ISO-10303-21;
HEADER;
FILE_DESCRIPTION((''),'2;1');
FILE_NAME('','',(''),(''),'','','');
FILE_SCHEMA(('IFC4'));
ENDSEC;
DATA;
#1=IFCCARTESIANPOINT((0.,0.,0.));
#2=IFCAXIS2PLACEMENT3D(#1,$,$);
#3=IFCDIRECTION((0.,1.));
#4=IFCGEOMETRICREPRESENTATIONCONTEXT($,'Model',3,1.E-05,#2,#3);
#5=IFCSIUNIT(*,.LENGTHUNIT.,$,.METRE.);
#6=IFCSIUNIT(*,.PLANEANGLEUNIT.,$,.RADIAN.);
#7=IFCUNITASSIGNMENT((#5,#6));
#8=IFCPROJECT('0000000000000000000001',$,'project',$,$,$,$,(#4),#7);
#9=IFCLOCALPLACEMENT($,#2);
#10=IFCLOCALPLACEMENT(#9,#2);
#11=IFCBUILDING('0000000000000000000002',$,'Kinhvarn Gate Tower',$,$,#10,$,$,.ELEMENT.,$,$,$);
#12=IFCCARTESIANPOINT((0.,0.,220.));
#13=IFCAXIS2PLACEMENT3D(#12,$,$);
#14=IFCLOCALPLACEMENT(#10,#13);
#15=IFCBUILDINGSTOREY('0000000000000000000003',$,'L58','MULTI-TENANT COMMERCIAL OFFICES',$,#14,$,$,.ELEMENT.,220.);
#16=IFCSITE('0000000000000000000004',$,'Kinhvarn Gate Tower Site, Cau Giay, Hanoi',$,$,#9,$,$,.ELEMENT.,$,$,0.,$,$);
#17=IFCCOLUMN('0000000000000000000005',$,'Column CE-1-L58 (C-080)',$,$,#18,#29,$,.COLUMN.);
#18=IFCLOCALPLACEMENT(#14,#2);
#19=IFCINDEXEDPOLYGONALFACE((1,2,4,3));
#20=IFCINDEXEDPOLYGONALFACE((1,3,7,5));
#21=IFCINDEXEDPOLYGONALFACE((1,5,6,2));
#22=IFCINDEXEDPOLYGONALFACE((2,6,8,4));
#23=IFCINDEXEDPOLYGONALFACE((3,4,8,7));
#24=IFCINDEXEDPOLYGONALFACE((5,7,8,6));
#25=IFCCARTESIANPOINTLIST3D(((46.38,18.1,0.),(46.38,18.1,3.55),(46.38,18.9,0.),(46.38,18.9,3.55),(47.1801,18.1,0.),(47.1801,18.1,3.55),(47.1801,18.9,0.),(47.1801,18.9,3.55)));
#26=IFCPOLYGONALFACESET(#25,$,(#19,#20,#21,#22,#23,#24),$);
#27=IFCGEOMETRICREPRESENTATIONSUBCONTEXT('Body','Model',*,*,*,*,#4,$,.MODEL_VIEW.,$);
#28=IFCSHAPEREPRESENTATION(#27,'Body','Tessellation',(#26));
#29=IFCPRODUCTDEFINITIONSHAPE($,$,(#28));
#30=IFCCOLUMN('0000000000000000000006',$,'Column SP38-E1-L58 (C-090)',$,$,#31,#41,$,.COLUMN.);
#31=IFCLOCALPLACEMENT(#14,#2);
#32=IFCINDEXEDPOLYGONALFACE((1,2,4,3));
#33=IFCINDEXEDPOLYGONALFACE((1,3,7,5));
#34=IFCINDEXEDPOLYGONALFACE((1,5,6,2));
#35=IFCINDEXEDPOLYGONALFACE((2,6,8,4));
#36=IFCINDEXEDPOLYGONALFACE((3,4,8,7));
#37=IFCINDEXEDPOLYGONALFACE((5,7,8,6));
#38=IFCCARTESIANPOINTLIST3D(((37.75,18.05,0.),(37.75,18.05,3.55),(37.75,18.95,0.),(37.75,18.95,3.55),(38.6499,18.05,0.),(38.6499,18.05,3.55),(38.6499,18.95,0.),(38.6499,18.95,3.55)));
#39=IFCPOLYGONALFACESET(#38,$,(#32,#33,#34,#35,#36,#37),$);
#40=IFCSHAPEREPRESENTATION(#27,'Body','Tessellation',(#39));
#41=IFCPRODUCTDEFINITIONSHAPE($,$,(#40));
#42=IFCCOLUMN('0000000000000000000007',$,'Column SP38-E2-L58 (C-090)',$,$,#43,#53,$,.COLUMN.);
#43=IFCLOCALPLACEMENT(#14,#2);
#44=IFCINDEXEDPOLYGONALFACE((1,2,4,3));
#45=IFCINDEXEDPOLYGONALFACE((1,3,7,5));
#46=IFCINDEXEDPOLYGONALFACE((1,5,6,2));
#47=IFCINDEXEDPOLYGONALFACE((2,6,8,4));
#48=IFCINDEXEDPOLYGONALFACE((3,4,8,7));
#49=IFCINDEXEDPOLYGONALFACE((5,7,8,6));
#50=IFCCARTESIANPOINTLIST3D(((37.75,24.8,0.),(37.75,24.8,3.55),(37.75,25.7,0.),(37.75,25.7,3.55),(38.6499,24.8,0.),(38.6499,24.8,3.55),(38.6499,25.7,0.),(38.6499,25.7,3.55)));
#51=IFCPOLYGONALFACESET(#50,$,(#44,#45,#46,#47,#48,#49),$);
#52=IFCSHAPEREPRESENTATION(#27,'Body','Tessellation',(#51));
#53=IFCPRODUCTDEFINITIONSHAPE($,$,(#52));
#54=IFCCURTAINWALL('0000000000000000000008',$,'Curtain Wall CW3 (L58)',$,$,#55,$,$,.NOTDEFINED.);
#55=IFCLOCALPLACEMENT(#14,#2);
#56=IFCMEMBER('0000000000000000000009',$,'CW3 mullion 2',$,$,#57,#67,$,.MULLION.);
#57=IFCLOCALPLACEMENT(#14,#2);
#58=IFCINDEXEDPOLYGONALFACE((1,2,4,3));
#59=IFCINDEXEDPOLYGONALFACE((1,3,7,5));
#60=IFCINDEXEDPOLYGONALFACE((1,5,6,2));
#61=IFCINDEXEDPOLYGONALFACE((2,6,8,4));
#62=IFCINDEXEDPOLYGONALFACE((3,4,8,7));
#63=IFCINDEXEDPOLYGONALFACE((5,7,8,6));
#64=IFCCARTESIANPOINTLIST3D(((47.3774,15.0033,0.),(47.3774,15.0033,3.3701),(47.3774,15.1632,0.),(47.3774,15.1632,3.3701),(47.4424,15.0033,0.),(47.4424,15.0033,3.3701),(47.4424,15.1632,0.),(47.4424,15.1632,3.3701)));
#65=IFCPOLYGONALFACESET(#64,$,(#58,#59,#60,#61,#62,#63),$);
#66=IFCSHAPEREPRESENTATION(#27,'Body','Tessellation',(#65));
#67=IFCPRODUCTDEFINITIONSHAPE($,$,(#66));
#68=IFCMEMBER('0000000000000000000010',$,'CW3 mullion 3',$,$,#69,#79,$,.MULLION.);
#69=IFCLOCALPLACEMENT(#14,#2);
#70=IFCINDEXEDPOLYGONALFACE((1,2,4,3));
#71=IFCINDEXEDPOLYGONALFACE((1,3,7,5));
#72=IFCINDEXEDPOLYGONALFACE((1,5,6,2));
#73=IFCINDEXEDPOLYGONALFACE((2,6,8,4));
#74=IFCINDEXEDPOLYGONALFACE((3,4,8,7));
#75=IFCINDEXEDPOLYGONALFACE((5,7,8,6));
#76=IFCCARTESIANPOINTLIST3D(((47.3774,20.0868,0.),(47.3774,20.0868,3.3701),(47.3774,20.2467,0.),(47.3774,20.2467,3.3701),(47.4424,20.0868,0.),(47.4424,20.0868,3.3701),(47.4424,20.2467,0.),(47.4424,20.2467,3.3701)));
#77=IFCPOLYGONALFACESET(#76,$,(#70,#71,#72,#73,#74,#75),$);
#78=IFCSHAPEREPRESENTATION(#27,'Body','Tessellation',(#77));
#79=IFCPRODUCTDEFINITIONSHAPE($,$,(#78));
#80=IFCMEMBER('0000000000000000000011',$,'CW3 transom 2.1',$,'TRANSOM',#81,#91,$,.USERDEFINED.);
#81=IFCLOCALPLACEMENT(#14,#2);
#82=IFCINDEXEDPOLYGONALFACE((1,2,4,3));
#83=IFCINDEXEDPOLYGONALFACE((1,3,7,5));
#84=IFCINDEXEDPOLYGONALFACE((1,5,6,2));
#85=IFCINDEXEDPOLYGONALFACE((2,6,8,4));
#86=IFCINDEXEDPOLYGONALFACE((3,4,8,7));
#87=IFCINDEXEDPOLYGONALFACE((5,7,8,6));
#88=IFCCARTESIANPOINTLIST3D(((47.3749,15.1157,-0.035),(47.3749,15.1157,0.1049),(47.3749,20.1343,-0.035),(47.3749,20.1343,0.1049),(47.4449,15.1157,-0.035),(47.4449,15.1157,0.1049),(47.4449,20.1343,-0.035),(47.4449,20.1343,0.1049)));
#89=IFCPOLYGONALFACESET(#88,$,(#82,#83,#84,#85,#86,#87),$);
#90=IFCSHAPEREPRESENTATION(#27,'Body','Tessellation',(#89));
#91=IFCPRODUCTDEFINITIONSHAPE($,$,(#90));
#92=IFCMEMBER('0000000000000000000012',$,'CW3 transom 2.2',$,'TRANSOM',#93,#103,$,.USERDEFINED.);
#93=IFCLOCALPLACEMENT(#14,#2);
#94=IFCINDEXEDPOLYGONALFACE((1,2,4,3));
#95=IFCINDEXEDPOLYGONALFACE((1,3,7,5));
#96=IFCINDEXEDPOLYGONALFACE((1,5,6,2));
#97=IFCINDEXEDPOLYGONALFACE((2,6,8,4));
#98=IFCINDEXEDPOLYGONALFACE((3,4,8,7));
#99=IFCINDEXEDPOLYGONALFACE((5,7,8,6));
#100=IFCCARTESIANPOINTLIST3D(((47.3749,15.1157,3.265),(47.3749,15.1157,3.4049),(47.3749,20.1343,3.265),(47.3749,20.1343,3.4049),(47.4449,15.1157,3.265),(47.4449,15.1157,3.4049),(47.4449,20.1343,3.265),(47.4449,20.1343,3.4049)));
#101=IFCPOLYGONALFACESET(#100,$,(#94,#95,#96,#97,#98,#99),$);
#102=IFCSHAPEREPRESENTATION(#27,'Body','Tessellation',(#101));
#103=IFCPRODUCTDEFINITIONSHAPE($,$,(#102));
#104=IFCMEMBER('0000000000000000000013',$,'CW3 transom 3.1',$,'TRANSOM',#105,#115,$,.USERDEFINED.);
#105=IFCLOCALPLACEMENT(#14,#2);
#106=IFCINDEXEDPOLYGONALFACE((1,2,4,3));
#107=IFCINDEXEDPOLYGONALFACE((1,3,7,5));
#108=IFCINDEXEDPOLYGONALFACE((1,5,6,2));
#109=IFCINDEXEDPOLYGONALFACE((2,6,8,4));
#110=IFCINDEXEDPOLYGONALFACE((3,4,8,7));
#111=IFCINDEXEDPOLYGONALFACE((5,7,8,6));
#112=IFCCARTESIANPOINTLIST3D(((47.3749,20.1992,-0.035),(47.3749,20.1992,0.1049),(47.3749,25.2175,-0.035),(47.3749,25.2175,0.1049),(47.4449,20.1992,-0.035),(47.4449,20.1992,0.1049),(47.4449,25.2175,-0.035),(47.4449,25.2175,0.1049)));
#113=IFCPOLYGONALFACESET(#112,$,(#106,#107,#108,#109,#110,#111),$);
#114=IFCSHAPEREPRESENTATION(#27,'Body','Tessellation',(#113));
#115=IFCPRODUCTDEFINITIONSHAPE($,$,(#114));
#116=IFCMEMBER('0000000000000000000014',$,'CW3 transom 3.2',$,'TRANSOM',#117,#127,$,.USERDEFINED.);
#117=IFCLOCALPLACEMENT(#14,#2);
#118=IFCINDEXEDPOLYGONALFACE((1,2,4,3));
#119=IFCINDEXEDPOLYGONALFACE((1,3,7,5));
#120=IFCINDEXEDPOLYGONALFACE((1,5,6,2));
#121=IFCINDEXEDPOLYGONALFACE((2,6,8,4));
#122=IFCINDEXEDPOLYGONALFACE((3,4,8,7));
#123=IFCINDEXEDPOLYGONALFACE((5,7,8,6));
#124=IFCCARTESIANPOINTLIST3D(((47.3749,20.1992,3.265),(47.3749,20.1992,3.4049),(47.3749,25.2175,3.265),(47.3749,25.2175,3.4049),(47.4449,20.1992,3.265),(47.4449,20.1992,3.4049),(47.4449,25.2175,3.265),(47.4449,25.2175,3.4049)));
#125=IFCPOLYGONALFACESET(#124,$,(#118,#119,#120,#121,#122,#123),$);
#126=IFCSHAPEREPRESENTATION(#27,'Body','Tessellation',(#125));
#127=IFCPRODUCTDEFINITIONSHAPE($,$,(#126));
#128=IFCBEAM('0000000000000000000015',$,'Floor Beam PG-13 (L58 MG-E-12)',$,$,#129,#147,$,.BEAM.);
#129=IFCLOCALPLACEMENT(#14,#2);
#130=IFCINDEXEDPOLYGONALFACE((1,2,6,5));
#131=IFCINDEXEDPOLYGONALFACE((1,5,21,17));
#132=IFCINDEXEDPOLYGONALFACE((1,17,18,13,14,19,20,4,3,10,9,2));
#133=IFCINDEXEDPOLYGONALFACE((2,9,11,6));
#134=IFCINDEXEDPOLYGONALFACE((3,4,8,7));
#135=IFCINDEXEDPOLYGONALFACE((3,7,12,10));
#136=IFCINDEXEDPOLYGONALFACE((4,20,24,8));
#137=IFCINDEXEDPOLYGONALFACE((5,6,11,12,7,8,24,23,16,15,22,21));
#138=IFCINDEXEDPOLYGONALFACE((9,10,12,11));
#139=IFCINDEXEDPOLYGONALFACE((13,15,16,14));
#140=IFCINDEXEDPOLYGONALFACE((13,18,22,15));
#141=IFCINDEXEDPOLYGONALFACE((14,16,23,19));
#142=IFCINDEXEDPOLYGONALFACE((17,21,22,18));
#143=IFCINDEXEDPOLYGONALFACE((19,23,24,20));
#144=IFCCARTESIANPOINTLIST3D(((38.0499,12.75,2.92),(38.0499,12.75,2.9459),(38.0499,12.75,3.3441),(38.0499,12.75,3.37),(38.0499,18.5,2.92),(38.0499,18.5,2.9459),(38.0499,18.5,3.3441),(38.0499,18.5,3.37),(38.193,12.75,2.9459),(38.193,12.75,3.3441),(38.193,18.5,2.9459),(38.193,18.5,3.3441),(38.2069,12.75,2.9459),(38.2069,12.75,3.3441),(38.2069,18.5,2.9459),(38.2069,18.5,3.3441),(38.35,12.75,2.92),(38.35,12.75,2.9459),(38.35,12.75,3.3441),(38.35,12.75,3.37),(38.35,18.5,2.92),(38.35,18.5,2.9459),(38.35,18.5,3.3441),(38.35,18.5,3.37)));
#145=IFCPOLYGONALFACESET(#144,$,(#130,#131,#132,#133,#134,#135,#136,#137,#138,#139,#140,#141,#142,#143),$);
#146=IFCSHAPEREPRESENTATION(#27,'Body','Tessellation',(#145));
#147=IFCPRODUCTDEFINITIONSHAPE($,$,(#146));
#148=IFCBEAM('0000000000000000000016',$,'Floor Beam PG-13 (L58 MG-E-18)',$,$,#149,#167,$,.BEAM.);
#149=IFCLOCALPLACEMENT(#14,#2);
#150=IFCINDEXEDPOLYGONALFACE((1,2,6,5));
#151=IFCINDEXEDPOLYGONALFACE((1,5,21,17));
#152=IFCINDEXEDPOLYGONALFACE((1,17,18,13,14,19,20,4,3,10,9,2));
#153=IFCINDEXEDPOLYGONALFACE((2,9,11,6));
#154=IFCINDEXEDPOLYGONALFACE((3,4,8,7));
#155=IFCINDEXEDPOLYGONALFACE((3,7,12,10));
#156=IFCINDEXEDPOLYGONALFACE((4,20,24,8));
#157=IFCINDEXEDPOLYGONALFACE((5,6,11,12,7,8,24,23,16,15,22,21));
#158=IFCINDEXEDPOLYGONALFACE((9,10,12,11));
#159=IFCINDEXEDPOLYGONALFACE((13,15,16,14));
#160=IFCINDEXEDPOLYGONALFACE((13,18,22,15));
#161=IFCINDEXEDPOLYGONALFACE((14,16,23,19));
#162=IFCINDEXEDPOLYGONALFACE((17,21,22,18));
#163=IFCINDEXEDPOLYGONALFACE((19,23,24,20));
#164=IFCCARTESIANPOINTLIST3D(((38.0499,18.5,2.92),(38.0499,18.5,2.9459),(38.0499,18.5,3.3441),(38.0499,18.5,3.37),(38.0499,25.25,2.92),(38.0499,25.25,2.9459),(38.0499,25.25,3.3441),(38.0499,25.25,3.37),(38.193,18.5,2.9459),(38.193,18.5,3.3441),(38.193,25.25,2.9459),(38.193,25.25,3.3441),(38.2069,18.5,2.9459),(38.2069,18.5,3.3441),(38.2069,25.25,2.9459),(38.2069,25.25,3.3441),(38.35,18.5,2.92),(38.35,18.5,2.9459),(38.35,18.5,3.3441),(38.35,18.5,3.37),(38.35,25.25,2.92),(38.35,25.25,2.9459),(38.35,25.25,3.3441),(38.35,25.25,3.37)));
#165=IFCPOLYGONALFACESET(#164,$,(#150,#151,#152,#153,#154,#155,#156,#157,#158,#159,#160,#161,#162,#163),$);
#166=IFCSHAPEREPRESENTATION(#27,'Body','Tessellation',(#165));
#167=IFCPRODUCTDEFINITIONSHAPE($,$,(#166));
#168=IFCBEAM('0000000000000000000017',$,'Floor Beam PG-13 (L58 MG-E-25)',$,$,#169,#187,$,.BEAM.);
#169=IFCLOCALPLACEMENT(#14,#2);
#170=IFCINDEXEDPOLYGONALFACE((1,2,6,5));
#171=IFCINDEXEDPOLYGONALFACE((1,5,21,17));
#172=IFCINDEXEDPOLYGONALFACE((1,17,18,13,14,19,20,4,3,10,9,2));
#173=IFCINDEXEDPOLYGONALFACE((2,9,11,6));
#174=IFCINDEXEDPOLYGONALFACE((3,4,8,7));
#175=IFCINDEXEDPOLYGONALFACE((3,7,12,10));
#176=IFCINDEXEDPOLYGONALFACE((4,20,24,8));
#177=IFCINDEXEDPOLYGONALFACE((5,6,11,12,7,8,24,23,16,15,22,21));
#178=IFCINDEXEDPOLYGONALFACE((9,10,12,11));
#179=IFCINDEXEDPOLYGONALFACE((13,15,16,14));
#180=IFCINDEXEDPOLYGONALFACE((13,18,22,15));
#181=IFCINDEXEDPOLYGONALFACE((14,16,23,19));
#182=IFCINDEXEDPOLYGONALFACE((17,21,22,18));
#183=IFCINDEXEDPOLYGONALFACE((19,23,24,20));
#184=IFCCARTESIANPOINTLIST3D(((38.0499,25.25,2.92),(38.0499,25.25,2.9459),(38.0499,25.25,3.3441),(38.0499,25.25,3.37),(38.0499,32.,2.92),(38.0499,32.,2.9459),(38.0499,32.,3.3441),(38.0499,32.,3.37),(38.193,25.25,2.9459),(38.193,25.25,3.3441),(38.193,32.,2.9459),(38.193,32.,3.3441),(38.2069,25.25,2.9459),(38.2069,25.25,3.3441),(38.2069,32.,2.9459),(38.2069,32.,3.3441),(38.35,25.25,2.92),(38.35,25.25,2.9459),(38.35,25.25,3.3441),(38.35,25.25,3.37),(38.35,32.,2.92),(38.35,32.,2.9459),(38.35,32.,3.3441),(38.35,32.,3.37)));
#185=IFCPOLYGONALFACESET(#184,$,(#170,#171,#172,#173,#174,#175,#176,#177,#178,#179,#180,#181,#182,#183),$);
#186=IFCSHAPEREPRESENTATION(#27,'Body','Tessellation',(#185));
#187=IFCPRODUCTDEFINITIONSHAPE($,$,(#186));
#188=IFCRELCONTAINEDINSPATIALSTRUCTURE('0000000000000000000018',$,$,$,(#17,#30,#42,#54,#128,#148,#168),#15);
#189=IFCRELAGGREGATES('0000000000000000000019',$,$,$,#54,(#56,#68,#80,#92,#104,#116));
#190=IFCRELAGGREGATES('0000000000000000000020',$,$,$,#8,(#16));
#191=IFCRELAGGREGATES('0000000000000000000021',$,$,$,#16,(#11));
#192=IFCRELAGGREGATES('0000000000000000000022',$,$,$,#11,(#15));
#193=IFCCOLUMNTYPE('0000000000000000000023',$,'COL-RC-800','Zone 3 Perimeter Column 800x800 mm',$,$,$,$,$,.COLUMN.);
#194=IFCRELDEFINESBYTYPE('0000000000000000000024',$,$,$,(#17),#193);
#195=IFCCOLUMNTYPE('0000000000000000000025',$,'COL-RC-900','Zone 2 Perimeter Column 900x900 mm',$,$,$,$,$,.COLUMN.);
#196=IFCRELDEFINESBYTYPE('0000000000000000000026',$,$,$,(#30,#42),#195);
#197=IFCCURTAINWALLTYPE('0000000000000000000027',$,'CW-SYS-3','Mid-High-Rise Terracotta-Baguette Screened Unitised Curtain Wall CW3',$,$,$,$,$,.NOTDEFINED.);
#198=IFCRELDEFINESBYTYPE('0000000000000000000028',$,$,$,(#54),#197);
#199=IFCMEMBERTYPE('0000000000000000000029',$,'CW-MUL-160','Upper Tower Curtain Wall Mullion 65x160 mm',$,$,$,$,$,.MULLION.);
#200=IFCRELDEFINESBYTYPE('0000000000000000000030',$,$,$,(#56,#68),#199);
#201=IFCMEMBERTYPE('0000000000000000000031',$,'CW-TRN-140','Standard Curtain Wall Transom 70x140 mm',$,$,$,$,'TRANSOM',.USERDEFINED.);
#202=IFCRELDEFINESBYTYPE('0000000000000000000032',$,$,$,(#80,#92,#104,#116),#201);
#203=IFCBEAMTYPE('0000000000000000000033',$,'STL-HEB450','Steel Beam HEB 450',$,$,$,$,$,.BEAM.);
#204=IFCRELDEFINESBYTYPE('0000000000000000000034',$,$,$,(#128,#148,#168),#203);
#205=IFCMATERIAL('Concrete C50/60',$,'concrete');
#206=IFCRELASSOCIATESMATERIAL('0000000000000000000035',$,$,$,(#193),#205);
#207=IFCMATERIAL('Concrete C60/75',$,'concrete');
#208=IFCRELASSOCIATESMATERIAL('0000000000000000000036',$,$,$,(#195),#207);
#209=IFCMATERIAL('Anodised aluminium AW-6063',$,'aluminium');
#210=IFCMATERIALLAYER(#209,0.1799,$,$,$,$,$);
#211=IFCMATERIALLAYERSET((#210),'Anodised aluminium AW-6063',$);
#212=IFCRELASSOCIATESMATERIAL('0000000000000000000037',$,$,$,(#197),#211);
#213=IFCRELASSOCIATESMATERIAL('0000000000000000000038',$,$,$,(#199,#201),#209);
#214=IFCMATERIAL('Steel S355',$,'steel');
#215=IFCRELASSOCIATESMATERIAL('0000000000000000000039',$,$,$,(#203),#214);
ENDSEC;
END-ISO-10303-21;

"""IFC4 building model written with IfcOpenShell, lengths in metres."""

from ifc_helpers import new_model, si_unit, direction, frame, origin, origin_2d, place, context, subcontext, project, spatial, rectangle, i_section, extrude, material, layer, layer_set, material_profile, profile_set, type_object, element, aggregate, save


model = new_model("IFC4")

# Units and contexts
model_context = context("Model", 3, precision=1e-05, world=origin(), true_north=direction((0.0, 1.0)))
body_context = subcontext(model_context, "Body", "Model", "MODEL_VIEW")
ifc_project = project(units=[si_unit("LENGTHUNIT", "METRE"), si_unit("PLANEANGLEUNIT", "RADIAN")], contexts=[model_context])

# Site, building, storey
site_placement = place(None, origin())
site = spatial("IfcSite", under=ifc_project, at=site_placement, Name="Kinhvarn Gate Tower Site, Cau Giay, Hanoi", CompositionType="ELEMENT", RefElevation=0.0)
building_placement = place(site_placement, origin())
building = spatial("IfcBuilding", under=site, at=building_placement, Name="Kinhvarn Gate Tower", CompositionType="ELEMENT")
storey_placement = place(building_placement, frame((0.0, 0.0, 220.0)))
storey = spatial("IfcBuildingStorey", under=building, at=storey_placement, Name="L58", Description="MULTI-TENANT COMMERCIAL OFFICES", CompositionType="ELEMENT", Elevation=220.0)

# Columns
ifc_material_1 = material(Name="Concrete C50/60", Category="concrete")
ifc_material_profile_1 = material_profile(ifc_material_1, rectangle(XDim=0.8, YDim=0.8, at=origin_2d()), Name="RC 800x800")
ifc_profile_set_1 = profile_set([ifc_material_profile_1], Name="Concrete C50/60")
column_type_1 = type_object("IfcColumnType", Name="COL-RC-800", Description="Zone 3 Perimeter Column 800x800 mm", PredefinedType="COLUMN", material=ifc_profile_set_1)
column_placement = place(storey_placement, frame((46.78, 18.5, 0.0), z_axis=(0.0, 0.0, 1.0), x_axis=(1.0, 0.0, 0.0)))
element("IfcColumn", 1, at=column_placement, inside=storey, type_object=column_type_1, Name="Column CE-1-L58 (C-080)", PredefinedType="COLUMN", context=body_context, shape_type="SweptSolid", body=[
    extrude(rectangle(XDim=0.8, YDim=0.8, at=origin_2d()), origin(), (0.0, 0.0, 1.0), 3.55),
])
ifc_material_2 = material(Name="Concrete C60/75", Category="concrete")
ifc_material_profile_2 = material_profile(ifc_material_2, rectangle(XDim=0.8999, YDim=0.8999, at=origin_2d()), Name="RC 900x900")
ifc_profile_set_2 = profile_set([ifc_material_profile_2], Name="Concrete C60/75")
column_type_2 = type_object("IfcColumnType", Name="COL-RC-900", Description="Zone 2 Perimeter Column 900x900 mm", PredefinedType="COLUMN", material=ifc_profile_set_2)
for number, where, z_axis, x_axis, name in (
    (2, (38.2, 18.5, 0.0), (0.0, 0.0, 1.0), (1.0, 0.0, 0.0), "Column SP38-E1-L58 (C-090)"),
    (3, (38.2, 25.25, 0.0), (0.0, 0.0, 1.0), (1.0, 0.0, 0.0), "Column SP38-E2-L58 (C-090)"),
):
    element("IfcColumn", number, at=place(storey_placement, frame(where, z_axis=z_axis, x_axis=x_axis)), inside=storey, type_object=column_type_2, Name=name, PredefinedType="COLUMN", context=body_context, shape_type="SweptSolid", body=[
        extrude(rectangle(XDim=0.8999, YDim=0.8999, at=origin_2d()), origin(), (0.0, 0.0, 1.0), 3.55),
    ])

# Curtain wall, members
ifc_material_3 = material(Name="Anodised aluminium AW-6063", Category="aluminium")
ifc_layer_1 = layer(ifc_material_3, 0.1799)
ifc_layer_set_1 = layer_set([ifc_layer_1], Name="Anodised aluminium AW-6063")
curtain_wall_type = type_object("IfcCurtainWallType", Name="CW-SYS-3", Description="Mid-High-Rise Terracotta-Baguette Screened Unitised Curtain Wall CW3", PredefinedType="NOTDEFINED", material=ifc_layer_set_1)
curtain_wall_placement = place(storey_placement, origin())
curtain_wall = element("IfcCurtainWall", 4, at=curtain_wall_placement, inside=storey, type_object=curtain_wall_type, Name="Curtain Wall CW3 (L58)", PredefinedType="NOTDEFINED")
ifc_material_profile_3 = material_profile(ifc_material_3, rectangle(XDim=0.0649, YDim=0.1599, at=origin_2d()), Name="ALU 65x160")
ifc_profile_set_3 = profile_set([ifc_material_profile_3], Name="Anodised aluminium AW-6063")
member_type_1 = type_object("IfcMemberType", Name="CW-MUL-160", Description="Upper Tower Curtain Wall Mullion 65x160 mm", PredefinedType="MULLION", material=ifc_profile_set_3)
member_1_placement = place(storey_placement, frame((47.4099, 15.0833, 0.0), z_axis=(0.0, 0.0, 1.0), x_axis=(-1.0, 0.0, 0.0)))
member_1 = element("IfcMember", 5, at=member_1_placement, type_object=member_type_1, Name="CW3 mullion 2", PredefinedType="MULLION", context=body_context, shape_type="SweptSolid", body=[
    extrude(rectangle(XDim=0.0649, YDim=0.1599, at=origin_2d()), origin(), (0.0, 0.0, 1.0), 3.3701),
])
member_2_placement = place(storey_placement, frame((47.4099, 20.1667, 0.0), z_axis=(0.0, 0.0, 1.0), x_axis=(-1.0, 0.0, 0.0)))
member_2 = element("IfcMember", 6, at=member_2_placement, type_object=member_type_1, Name="CW3 mullion 3", PredefinedType="MULLION", context=body_context, shape_type="SweptSolid", body=[
    extrude(rectangle(XDim=0.0649, YDim=0.1599, at=origin_2d()), origin(), (0.0, 0.0, 1.0), 3.3701),
])
ifc_material_profile_4 = material_profile(ifc_material_3, rectangle(XDim=0.0701, YDim=0.1399, at=origin_2d()), Name="ALU 70x140")
ifc_profile_set_4 = profile_set([ifc_material_profile_4], Name="Anodised aluminium AW-6063")
member_type_2 = type_object("IfcMemberType", Name="CW-TRN-140", Description="Standard Curtain Wall Transom 70x140 mm", ElementType="TRANSOM", PredefinedType="USERDEFINED", material=ifc_profile_set_4)
member_3_placement = place(storey_placement, frame((47.4099, 15.1157, 0.0349), z_axis=(0.0, 1.0, 0.0), x_axis=(-1.0, 0.0, 0.0)))
member_3 = element("IfcMember", 7, at=member_3_placement, type_object=member_type_2, Name="CW3 transom 2.1", ObjectType="TRANSOM", PredefinedType="USERDEFINED", context=body_context, shape_type="SweptSolid", body=[
    extrude(rectangle(XDim=0.0701, YDim=0.1399, at=origin_2d()), origin(), (0.0, 0.0, 1.0), 5.0186),
])
member_4_placement = place(storey_placement, frame((47.4099, 15.1157, 3.335), z_axis=(0.0, 1.0, 0.0), x_axis=(-1.0, 0.0, 0.0)))
member_4 = element("IfcMember", 8, at=member_4_placement, type_object=member_type_2, Name="CW3 transom 2.2", ObjectType="TRANSOM", PredefinedType="USERDEFINED", context=body_context, shape_type="SweptSolid", body=[
    extrude(rectangle(XDim=0.0701, YDim=0.1399, at=origin_2d()), origin(), (0.0, 0.0, 1.0), 5.0186),
])
member_5_placement = place(storey_placement, frame((47.4099, 20.1992, 0.0349), z_axis=(0.0, 1.0, 0.0), x_axis=(-1.0, 0.0, 0.0)))
member_5 = element("IfcMember", 9, at=member_5_placement, type_object=member_type_2, Name="CW3 transom 3.1", ObjectType="TRANSOM", PredefinedType="USERDEFINED", context=body_context, shape_type="SweptSolid", body=[
    extrude(rectangle(XDim=0.0701, YDim=0.1399, at=origin_2d()), origin(), (0.0, 0.0, 1.0), 5.0183),
])
member_6_placement = place(storey_placement, frame((47.4099, 20.1992, 3.335), z_axis=(0.0, 1.0, 0.0), x_axis=(-1.0, 0.0, 0.0)))
member_6 = element("IfcMember", 10, at=member_6_placement, type_object=member_type_2, Name="CW3 transom 3.2", ObjectType="TRANSOM", PredefinedType="USERDEFINED", context=body_context, shape_type="SweptSolid", body=[
    extrude(rectangle(XDim=0.0701, YDim=0.1399, at=origin_2d()), origin(), (0.0, 0.0, 1.0), 5.0183),
])

# Beams
ifc_material_4 = material(Name="Steel S355", Category="steel")
ifc_material_profile_5 = material_profile(ifc_material_4, i_section(OverallWidth=0.3, OverallDepth=0.45, WebThickness=0.0139, FlangeThickness=0.0259, at=origin_2d()), Name="HEB 450")
ifc_profile_set_5 = profile_set([ifc_material_profile_5], Name="Steel S355")
beam_type_1 = type_object("IfcBeamType", Name="STL-HEB450", Description="Steel Beam HEB 450", PredefinedType="BEAM", material=ifc_profile_set_5)
beam_1_placement = place(storey_placement, frame((38.2, 12.75, 3.145), z_axis=(0.0, 1.0, 0.0), x_axis=(-1.0, 0.0, 0.0)))
element("IfcBeam", 11, at=beam_1_placement, inside=storey, type_object=beam_type_1, Name="Floor Beam PG-13 (L58 MG-E-12)", PredefinedType="BEAM", context=body_context, shape_type="SweptSolid", body=[
    extrude(i_section(OverallWidth=0.3, OverallDepth=0.45, WebThickness=0.0139, FlangeThickness=0.0259, at=origin_2d()), origin(), (0.0, 0.0, 1.0), 5.75),
])
for number, where, z_axis, x_axis, name in (
    (12, (38.2, 18.5, 3.145), (0.0, 1.0, 0.0), (-1.0, 0.0, 0.0), "Floor Beam PG-13 (L58 MG-E-18)"),
    (13, (38.2, 25.25, 3.145), (0.0, 1.0, 0.0), (-1.0, 0.0, 0.0), "Floor Beam PG-13 (L58 MG-E-25)"),
):
    element("IfcBeam", number, at=place(storey_placement, frame(where, z_axis=z_axis, x_axis=x_axis)), inside=storey, type_object=beam_type_1, Name=name, PredefinedType="BEAM", context=body_context, shape_type="SweptSolid", body=[
        extrude(i_section(OverallWidth=0.3, OverallDepth=0.45, WebThickness=0.0139, FlangeThickness=0.0259, at=origin_2d()), origin(), (0.0, 0.0, 1.0), 6.75),
    ])

aggregate(curtain_wall, [member_1, member_2, member_3, member_4, member_5, member_6])

save(model, "model.ifc")
